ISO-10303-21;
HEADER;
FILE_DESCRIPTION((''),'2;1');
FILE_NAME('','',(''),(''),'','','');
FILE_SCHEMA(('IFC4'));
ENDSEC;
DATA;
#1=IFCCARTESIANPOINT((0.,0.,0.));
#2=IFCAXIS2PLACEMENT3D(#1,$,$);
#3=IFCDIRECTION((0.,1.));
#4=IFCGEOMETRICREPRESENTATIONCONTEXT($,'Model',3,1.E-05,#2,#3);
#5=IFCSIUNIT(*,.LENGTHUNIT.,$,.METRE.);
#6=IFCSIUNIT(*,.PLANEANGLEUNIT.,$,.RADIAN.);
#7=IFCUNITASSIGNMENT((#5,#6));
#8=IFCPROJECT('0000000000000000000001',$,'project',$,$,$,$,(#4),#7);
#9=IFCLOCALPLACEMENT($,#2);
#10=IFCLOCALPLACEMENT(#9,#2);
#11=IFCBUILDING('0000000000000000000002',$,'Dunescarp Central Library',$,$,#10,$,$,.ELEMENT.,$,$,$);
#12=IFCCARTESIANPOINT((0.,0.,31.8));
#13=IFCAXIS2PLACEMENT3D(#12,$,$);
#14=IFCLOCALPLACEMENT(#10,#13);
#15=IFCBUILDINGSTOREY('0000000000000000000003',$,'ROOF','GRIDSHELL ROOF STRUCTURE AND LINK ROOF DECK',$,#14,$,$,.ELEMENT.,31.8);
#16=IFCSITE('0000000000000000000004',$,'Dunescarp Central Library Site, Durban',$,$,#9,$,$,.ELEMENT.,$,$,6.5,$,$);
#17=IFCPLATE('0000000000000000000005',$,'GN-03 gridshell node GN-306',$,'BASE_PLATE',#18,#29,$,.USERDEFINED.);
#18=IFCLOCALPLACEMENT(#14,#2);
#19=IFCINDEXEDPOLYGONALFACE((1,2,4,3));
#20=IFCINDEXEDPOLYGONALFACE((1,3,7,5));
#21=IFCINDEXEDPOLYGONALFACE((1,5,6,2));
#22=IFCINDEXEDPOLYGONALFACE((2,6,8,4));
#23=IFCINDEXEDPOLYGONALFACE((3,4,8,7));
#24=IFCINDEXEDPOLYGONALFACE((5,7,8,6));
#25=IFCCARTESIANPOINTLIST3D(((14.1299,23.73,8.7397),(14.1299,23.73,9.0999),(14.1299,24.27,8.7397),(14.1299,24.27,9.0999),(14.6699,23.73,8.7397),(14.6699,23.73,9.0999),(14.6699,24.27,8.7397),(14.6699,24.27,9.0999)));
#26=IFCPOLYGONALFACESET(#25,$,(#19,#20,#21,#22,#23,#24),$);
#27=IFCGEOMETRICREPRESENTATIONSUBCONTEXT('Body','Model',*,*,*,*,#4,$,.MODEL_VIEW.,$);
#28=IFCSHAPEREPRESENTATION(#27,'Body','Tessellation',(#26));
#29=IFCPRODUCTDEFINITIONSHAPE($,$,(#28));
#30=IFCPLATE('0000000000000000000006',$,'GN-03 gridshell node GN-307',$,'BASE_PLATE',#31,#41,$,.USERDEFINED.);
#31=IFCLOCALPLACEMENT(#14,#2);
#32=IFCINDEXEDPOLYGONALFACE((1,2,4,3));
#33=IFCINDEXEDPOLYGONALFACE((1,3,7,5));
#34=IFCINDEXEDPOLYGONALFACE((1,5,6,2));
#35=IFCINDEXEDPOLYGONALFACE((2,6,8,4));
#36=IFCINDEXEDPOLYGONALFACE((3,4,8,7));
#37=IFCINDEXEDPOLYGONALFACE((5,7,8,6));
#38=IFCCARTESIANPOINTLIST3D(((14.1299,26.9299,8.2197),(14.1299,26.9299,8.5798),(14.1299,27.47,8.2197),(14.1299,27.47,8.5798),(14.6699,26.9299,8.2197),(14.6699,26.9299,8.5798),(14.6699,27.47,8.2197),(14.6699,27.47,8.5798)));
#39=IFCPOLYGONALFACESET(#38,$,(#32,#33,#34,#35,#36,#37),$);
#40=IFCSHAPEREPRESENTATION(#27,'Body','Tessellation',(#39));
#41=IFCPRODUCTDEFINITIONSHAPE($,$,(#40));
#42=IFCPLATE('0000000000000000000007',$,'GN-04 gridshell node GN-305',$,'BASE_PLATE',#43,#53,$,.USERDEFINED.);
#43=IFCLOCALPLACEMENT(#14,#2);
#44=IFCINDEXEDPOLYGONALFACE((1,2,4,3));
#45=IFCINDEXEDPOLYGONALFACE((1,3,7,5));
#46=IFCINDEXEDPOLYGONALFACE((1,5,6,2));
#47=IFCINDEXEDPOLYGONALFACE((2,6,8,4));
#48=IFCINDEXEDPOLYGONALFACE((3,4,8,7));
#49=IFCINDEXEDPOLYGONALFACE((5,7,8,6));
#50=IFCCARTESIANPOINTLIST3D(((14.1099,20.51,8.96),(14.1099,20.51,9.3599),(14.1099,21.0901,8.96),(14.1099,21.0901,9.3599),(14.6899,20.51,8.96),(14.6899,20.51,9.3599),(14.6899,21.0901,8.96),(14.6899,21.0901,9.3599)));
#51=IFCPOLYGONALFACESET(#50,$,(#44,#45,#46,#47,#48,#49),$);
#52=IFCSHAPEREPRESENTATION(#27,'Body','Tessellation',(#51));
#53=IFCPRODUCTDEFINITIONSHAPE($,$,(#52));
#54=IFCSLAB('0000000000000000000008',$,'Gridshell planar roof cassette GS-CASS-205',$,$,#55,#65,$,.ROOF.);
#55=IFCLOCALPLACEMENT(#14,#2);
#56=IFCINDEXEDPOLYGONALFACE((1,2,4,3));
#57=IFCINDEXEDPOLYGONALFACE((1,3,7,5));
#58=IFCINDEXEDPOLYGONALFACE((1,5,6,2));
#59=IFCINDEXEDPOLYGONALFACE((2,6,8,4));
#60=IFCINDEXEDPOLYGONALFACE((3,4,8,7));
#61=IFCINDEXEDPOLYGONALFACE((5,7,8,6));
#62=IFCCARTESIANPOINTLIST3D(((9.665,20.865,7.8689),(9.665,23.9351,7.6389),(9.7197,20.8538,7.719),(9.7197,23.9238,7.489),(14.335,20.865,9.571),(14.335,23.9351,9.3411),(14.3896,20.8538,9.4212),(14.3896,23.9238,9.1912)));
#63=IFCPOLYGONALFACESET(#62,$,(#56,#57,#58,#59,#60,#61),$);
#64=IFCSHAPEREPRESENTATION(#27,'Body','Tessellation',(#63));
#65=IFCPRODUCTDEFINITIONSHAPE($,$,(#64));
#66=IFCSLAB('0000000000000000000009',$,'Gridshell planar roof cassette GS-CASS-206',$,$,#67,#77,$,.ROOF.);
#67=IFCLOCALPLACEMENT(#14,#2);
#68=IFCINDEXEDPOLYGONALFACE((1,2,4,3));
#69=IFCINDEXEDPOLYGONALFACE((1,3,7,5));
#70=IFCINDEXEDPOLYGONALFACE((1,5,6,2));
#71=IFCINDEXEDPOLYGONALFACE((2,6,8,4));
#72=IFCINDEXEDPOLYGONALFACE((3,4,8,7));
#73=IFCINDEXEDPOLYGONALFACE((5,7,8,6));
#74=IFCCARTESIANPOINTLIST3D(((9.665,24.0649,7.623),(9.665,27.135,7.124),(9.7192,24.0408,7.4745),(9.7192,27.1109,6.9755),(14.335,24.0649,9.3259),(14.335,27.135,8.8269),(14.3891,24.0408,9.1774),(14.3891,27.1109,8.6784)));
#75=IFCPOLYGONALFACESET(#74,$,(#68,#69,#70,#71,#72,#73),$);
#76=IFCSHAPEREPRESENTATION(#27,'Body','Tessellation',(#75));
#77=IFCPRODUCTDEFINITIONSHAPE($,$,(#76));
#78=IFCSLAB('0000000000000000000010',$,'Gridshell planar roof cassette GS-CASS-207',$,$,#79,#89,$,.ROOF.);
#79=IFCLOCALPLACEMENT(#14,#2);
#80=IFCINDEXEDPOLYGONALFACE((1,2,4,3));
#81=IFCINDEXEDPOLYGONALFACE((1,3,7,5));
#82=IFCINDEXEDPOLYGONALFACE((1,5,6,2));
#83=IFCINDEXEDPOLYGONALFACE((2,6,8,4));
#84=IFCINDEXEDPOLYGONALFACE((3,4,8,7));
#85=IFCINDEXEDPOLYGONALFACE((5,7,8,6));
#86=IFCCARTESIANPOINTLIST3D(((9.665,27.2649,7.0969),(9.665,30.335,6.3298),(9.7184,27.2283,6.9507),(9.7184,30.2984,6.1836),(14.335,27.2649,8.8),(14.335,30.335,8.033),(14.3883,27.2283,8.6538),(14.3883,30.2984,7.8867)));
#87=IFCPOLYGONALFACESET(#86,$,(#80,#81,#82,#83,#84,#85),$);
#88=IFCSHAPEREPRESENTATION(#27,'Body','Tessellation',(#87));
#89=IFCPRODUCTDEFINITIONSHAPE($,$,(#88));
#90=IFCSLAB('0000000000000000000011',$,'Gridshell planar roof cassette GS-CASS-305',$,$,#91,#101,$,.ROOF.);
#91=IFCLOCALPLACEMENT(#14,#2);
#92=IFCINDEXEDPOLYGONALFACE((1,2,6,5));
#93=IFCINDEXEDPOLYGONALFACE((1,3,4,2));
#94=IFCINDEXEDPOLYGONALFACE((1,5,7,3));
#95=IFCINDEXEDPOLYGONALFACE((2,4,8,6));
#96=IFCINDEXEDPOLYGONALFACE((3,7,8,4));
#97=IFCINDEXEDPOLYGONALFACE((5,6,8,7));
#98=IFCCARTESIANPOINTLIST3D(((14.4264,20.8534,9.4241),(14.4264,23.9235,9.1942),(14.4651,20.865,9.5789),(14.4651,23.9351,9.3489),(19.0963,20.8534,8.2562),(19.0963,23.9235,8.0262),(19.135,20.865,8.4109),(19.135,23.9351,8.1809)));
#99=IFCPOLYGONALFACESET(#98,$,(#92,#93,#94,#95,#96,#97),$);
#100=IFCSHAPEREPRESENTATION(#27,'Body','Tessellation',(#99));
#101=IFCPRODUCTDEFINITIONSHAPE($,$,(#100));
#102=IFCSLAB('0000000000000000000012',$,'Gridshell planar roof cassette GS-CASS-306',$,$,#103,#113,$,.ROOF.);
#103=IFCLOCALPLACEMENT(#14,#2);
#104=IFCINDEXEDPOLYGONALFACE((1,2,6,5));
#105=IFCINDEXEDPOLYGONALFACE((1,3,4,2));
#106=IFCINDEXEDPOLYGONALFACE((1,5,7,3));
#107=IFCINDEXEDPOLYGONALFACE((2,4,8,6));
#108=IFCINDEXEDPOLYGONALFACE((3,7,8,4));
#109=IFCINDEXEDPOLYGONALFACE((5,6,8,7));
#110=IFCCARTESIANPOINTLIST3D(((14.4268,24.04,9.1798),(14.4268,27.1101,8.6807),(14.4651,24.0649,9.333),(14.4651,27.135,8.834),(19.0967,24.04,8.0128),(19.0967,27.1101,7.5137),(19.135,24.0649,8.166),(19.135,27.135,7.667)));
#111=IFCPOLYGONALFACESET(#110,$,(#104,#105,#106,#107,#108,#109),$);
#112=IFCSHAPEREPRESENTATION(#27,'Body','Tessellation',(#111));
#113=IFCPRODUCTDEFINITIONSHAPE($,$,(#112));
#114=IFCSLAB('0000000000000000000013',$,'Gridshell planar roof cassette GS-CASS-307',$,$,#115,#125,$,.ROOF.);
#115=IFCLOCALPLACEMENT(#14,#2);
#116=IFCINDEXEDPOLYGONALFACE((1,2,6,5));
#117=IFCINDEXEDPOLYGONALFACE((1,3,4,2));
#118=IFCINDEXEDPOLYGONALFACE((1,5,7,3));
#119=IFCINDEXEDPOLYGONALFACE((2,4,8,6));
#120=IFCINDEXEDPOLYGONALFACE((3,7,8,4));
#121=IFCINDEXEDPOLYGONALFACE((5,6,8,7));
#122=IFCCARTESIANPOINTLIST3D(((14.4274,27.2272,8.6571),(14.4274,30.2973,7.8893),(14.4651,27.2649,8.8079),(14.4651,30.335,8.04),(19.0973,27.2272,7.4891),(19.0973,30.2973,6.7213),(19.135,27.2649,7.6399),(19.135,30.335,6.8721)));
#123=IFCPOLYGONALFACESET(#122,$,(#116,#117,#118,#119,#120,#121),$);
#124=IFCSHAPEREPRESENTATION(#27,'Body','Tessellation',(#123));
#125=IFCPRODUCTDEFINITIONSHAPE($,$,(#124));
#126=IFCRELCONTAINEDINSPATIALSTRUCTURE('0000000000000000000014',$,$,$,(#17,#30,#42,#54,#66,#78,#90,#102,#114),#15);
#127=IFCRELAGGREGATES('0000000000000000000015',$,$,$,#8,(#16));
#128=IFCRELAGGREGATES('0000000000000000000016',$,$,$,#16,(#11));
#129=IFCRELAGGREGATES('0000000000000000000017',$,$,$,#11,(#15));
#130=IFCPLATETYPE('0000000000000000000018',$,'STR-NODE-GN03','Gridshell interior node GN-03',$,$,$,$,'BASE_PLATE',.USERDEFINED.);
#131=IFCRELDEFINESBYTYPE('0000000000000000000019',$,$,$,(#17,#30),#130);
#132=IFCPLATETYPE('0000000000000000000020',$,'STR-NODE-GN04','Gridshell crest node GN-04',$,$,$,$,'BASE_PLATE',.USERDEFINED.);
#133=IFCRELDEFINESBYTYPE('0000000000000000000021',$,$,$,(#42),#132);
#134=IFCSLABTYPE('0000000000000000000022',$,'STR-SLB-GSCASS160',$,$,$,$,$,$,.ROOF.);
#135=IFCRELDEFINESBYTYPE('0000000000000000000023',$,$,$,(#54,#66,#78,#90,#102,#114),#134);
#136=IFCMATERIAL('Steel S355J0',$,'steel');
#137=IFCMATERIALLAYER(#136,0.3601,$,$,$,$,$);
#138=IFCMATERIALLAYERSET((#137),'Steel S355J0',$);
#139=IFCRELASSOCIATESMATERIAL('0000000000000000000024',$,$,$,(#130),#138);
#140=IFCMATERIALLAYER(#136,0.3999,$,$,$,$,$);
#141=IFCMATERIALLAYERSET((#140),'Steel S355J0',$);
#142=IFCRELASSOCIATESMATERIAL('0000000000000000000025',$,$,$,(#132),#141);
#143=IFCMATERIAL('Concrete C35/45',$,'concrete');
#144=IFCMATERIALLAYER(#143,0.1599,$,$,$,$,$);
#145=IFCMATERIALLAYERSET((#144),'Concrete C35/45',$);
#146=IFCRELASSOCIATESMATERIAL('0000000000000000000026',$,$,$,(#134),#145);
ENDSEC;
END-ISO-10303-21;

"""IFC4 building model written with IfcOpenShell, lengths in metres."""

from ifc_helpers import new_model, si_unit, direction, frame, origin, origin_2d, place, context, subcontext, project, spatial, polyline, rectangle, outline, extrude, material, layer, layer_set, type_object, element, save


model = new_model("IFC4")

# Units and contexts
model_context = context("Model", 3, precision=1e-05, world=origin(), true_north=direction((0.0, 1.0)))
body_context = subcontext(model_context, "Body", "Model", "MODEL_VIEW")
ifc_project = project(units=[si_unit("LENGTHUNIT", "METRE"), si_unit("PLANEANGLEUNIT", "RADIAN")], contexts=[model_context])

# Site, building, storey
site_placement = place(None, origin())
site = spatial("IfcSite", under=ifc_project, at=site_placement, Name="Dunescarp Central Library Site, Durban", CompositionType="ELEMENT", RefElevation=6.5)
building_placement = place(site_placement, origin())
building = spatial("IfcBuilding", under=site, at=building_placement, Name="Dunescarp Central Library", CompositionType="ELEMENT")
storey_placement = place(building_placement, frame((0.0, 0.0, 31.8)))
storey = spatial("IfcBuildingStorey", under=building, at=storey_placement, Name="ROOF", Description="GRIDSHELL ROOF STRUCTURE AND LINK ROOF DECK", CompositionType="ELEMENT", Elevation=31.8)

# Shared definitions
ifc_material_1 = material(Name="Steel S355J0", Category="steel")

# Plates
ifc_layer_1 = layer(ifc_material_1, 0.3601)
ifc_layer_set_1 = layer_set([ifc_layer_1], Name="Steel S355J0")
plate_type_1 = type_object("IfcPlateType", Name="STR-NODE-GN03", Description="Gridshell interior node GN-03", ElementType="BASE_PLATE", PredefinedType="USERDEFINED", material=ifc_layer_set_1)
for number, where, z_axis, x_axis, name in (
    (1, (14.3999, 24.0, 8.7397), (0.0, 0.0, 1.0), (1.0, 0.0, 0.0), "GN-03 gridshell node GN-306"),
    (2, (14.3999, 27.2, 8.2197), (0.0, 0.0, 1.0), (1.0, 0.0, 0.0), "GN-03 gridshell node GN-307"),
):
    element("IfcPlate", number, at=place(storey_placement, frame(where, z_axis=z_axis, x_axis=x_axis)), inside=storey, type_object=plate_type_1, Name=name, ObjectType="BASE_PLATE", PredefinedType="USERDEFINED", context=body_context, shape_type="SweptSolid", body=[
        extrude(rectangle(XDim=0.54, YDim=0.54, at=origin_2d()), origin(), (0.0, 0.0, 1.0), 0.3601),
    ])
ifc_layer_2 = layer(ifc_material_1, 0.3999)
ifc_layer_set_2 = layer_set([ifc_layer_2], Name="Steel S355J0")
plate_type_2 = type_object("IfcPlateType", Name="STR-NODE-GN04", Description="Gridshell crest node GN-04", ElementType="BASE_PLATE", PredefinedType="USERDEFINED", material=ifc_layer_set_2)
plate_placement = place(storey_placement, frame((14.3999, 20.8, 8.96), z_axis=(0.0, 0.0, 1.0), x_axis=(1.0, 0.0, 0.0)))
element("IfcPlate", 3, at=plate_placement, inside=storey, type_object=plate_type_2, Name="GN-04 gridshell node GN-305", ObjectType="BASE_PLATE", PredefinedType="USERDEFINED", context=body_context, shape_type="SweptSolid", body=[
    extrude(rectangle(XDim=0.5801, YDim=0.5801, at=origin_2d()), origin(), (0.0, 0.0, 1.0), 0.3999),
])

# Slabs
ifc_material_2 = material(Name="Concrete C35/45", Category="concrete")
ifc_layer_3 = layer(ifc_material_2, 0.1599)
ifc_layer_set_3 = layer_set([ifc_layer_3], Name="Concrete C35/45")
slab_type = type_object("IfcSlabType", Name="STR-SLB-GSCASS160", PredefinedType="ROOF", material=ifc_layer_set_3)
slab_1_placement = place(storey_placement, frame((9.665, 20.865, 7.8689), z_axis=(-0.341608, 0.070207, 0.937217), x_axis=(0.939535, 0.0, 0.342453)))
element("IfcSlab", 4, at=slab_1_placement, inside=storey, type_object=slab_type, Name="Gridshell planar roof cassette GS-CASS-205", PredefinedType="ROOF", context=body_context, shape_type="SweptSolid", body=[
    extrude(outline(polyline([(0.0, 0.0), (4.9705, 0.0), (4.8917, 3.0777), (-0.0788, 3.0777), (0.0, 0.0)])), origin(), (0.0, 0.0, -1.0), 0.1599),
])
slab_2_placement = place(storey_placement, frame((9.665, 24.0649, 7.623), z_axis=(-0.338657, 0.150959, 0.928721), x_axis=(0.939488, 0.0, 0.342583)))
element("IfcSlab", 5, at=slab_2_placement, inside=storey, type_object=slab_type, Name="Gridshell planar roof cassette GS-CASS-206", PredefinedType="ROOF", context=body_context, shape_type="SweptSolid", body=[
    extrude(outline(polyline([(0.0, 0.0), (4.9707, 0.0), (4.7998, 3.1057), (-0.171, 3.1057), (0.0, 0.0)])), origin(), (0.0, 0.0, -1.0), 0.1599),
])
slab_3_placement = place(storey_placement, frame((9.665, 27.2649, 7.0969), z_axis=(-0.33356, 0.228526, 0.914611), x_axis=(0.939472, 0.0, 0.342626)))
element("IfcSlab", 6, at=slab_3_placement, inside=storey, type_object=slab_type, Name="Gridshell planar roof cassette GS-CASS-207", PredefinedType="ROOF", context=body_context, shape_type="SweptSolid", body=[
    extrude(outline(polyline([(0.0, 0.0), (4.9708, 0.0), (4.708, 3.1535), (-0.2628, 3.1535), (0.0, 0.0)])), origin(), (0.0, 0.0, -1.0), 0.1599),
])
slab_4_placement = place(storey_placement, frame((14.4651, 20.865, 9.5789), z_axis=(0.241993, 0.072481, 0.967567), x_axis=(0.970119, 0.0, -0.242631)))
element("IfcSlab", 7, at=slab_4_placement, inside=storey, type_object=slab_type, Name="Gridshell planar roof cassette GS-CASS-305", PredefinedType="ROOF", context=body_context, shape_type="SweptSolid", body=[
    extrude(outline(polyline([(0.0, 0.0), (4.8138, 0.0), (4.8696, 3.0782), (0.0558, 3.0782), (0.0, 0.0)])), origin(), (0.0, 0.0, -1.0), 0.1599),
])
slab_5_placement = place(storey_placement, frame((14.4651, 24.0649, 9.333), z_axis=(0.239481, 0.15577, 0.958324), x_axis=(0.970166, 0.0, -0.24244)))
element("IfcSlab", 8, at=slab_5_placement, inside=storey, type_object=slab_type, Name="Gridshell planar roof cassette GS-CASS-306", PredefinedType="ROOF", context=body_context, shape_type="SweptSolid", body=[
    extrude(outline(polyline([(0.0, 0.0), (4.8135, 0.0), (4.9345, 3.108), (0.121, 3.108), (0.0, 0.0)])), origin(), (0.0, 0.0, -1.0), 0.1599),
])
slab_6_placement = place(storey_placement, frame((14.4651, 27.2649, 8.8079), z_axis=(0.23579, 0.235785, 0.942766), x_axis=(0.970119, 0.0, -0.242631)))
element("IfcSlab", 9, at=slab_6_placement, inside=storey, type_object=slab_type, Name="Gridshell planar roof cassette GS-CASS-307", PredefinedType="ROOF", context=body_context, shape_type="SweptSolid", body=[
    extrude(outline(polyline([(0.0, 0.0), (4.8138, 0.0), (5.0001, 3.1591), (0.1863, 3.1591), (0.0, 0.0)])), origin(), (0.0, 0.0, -1.0), 0.1599),
])

save(model, "model.ifc")
